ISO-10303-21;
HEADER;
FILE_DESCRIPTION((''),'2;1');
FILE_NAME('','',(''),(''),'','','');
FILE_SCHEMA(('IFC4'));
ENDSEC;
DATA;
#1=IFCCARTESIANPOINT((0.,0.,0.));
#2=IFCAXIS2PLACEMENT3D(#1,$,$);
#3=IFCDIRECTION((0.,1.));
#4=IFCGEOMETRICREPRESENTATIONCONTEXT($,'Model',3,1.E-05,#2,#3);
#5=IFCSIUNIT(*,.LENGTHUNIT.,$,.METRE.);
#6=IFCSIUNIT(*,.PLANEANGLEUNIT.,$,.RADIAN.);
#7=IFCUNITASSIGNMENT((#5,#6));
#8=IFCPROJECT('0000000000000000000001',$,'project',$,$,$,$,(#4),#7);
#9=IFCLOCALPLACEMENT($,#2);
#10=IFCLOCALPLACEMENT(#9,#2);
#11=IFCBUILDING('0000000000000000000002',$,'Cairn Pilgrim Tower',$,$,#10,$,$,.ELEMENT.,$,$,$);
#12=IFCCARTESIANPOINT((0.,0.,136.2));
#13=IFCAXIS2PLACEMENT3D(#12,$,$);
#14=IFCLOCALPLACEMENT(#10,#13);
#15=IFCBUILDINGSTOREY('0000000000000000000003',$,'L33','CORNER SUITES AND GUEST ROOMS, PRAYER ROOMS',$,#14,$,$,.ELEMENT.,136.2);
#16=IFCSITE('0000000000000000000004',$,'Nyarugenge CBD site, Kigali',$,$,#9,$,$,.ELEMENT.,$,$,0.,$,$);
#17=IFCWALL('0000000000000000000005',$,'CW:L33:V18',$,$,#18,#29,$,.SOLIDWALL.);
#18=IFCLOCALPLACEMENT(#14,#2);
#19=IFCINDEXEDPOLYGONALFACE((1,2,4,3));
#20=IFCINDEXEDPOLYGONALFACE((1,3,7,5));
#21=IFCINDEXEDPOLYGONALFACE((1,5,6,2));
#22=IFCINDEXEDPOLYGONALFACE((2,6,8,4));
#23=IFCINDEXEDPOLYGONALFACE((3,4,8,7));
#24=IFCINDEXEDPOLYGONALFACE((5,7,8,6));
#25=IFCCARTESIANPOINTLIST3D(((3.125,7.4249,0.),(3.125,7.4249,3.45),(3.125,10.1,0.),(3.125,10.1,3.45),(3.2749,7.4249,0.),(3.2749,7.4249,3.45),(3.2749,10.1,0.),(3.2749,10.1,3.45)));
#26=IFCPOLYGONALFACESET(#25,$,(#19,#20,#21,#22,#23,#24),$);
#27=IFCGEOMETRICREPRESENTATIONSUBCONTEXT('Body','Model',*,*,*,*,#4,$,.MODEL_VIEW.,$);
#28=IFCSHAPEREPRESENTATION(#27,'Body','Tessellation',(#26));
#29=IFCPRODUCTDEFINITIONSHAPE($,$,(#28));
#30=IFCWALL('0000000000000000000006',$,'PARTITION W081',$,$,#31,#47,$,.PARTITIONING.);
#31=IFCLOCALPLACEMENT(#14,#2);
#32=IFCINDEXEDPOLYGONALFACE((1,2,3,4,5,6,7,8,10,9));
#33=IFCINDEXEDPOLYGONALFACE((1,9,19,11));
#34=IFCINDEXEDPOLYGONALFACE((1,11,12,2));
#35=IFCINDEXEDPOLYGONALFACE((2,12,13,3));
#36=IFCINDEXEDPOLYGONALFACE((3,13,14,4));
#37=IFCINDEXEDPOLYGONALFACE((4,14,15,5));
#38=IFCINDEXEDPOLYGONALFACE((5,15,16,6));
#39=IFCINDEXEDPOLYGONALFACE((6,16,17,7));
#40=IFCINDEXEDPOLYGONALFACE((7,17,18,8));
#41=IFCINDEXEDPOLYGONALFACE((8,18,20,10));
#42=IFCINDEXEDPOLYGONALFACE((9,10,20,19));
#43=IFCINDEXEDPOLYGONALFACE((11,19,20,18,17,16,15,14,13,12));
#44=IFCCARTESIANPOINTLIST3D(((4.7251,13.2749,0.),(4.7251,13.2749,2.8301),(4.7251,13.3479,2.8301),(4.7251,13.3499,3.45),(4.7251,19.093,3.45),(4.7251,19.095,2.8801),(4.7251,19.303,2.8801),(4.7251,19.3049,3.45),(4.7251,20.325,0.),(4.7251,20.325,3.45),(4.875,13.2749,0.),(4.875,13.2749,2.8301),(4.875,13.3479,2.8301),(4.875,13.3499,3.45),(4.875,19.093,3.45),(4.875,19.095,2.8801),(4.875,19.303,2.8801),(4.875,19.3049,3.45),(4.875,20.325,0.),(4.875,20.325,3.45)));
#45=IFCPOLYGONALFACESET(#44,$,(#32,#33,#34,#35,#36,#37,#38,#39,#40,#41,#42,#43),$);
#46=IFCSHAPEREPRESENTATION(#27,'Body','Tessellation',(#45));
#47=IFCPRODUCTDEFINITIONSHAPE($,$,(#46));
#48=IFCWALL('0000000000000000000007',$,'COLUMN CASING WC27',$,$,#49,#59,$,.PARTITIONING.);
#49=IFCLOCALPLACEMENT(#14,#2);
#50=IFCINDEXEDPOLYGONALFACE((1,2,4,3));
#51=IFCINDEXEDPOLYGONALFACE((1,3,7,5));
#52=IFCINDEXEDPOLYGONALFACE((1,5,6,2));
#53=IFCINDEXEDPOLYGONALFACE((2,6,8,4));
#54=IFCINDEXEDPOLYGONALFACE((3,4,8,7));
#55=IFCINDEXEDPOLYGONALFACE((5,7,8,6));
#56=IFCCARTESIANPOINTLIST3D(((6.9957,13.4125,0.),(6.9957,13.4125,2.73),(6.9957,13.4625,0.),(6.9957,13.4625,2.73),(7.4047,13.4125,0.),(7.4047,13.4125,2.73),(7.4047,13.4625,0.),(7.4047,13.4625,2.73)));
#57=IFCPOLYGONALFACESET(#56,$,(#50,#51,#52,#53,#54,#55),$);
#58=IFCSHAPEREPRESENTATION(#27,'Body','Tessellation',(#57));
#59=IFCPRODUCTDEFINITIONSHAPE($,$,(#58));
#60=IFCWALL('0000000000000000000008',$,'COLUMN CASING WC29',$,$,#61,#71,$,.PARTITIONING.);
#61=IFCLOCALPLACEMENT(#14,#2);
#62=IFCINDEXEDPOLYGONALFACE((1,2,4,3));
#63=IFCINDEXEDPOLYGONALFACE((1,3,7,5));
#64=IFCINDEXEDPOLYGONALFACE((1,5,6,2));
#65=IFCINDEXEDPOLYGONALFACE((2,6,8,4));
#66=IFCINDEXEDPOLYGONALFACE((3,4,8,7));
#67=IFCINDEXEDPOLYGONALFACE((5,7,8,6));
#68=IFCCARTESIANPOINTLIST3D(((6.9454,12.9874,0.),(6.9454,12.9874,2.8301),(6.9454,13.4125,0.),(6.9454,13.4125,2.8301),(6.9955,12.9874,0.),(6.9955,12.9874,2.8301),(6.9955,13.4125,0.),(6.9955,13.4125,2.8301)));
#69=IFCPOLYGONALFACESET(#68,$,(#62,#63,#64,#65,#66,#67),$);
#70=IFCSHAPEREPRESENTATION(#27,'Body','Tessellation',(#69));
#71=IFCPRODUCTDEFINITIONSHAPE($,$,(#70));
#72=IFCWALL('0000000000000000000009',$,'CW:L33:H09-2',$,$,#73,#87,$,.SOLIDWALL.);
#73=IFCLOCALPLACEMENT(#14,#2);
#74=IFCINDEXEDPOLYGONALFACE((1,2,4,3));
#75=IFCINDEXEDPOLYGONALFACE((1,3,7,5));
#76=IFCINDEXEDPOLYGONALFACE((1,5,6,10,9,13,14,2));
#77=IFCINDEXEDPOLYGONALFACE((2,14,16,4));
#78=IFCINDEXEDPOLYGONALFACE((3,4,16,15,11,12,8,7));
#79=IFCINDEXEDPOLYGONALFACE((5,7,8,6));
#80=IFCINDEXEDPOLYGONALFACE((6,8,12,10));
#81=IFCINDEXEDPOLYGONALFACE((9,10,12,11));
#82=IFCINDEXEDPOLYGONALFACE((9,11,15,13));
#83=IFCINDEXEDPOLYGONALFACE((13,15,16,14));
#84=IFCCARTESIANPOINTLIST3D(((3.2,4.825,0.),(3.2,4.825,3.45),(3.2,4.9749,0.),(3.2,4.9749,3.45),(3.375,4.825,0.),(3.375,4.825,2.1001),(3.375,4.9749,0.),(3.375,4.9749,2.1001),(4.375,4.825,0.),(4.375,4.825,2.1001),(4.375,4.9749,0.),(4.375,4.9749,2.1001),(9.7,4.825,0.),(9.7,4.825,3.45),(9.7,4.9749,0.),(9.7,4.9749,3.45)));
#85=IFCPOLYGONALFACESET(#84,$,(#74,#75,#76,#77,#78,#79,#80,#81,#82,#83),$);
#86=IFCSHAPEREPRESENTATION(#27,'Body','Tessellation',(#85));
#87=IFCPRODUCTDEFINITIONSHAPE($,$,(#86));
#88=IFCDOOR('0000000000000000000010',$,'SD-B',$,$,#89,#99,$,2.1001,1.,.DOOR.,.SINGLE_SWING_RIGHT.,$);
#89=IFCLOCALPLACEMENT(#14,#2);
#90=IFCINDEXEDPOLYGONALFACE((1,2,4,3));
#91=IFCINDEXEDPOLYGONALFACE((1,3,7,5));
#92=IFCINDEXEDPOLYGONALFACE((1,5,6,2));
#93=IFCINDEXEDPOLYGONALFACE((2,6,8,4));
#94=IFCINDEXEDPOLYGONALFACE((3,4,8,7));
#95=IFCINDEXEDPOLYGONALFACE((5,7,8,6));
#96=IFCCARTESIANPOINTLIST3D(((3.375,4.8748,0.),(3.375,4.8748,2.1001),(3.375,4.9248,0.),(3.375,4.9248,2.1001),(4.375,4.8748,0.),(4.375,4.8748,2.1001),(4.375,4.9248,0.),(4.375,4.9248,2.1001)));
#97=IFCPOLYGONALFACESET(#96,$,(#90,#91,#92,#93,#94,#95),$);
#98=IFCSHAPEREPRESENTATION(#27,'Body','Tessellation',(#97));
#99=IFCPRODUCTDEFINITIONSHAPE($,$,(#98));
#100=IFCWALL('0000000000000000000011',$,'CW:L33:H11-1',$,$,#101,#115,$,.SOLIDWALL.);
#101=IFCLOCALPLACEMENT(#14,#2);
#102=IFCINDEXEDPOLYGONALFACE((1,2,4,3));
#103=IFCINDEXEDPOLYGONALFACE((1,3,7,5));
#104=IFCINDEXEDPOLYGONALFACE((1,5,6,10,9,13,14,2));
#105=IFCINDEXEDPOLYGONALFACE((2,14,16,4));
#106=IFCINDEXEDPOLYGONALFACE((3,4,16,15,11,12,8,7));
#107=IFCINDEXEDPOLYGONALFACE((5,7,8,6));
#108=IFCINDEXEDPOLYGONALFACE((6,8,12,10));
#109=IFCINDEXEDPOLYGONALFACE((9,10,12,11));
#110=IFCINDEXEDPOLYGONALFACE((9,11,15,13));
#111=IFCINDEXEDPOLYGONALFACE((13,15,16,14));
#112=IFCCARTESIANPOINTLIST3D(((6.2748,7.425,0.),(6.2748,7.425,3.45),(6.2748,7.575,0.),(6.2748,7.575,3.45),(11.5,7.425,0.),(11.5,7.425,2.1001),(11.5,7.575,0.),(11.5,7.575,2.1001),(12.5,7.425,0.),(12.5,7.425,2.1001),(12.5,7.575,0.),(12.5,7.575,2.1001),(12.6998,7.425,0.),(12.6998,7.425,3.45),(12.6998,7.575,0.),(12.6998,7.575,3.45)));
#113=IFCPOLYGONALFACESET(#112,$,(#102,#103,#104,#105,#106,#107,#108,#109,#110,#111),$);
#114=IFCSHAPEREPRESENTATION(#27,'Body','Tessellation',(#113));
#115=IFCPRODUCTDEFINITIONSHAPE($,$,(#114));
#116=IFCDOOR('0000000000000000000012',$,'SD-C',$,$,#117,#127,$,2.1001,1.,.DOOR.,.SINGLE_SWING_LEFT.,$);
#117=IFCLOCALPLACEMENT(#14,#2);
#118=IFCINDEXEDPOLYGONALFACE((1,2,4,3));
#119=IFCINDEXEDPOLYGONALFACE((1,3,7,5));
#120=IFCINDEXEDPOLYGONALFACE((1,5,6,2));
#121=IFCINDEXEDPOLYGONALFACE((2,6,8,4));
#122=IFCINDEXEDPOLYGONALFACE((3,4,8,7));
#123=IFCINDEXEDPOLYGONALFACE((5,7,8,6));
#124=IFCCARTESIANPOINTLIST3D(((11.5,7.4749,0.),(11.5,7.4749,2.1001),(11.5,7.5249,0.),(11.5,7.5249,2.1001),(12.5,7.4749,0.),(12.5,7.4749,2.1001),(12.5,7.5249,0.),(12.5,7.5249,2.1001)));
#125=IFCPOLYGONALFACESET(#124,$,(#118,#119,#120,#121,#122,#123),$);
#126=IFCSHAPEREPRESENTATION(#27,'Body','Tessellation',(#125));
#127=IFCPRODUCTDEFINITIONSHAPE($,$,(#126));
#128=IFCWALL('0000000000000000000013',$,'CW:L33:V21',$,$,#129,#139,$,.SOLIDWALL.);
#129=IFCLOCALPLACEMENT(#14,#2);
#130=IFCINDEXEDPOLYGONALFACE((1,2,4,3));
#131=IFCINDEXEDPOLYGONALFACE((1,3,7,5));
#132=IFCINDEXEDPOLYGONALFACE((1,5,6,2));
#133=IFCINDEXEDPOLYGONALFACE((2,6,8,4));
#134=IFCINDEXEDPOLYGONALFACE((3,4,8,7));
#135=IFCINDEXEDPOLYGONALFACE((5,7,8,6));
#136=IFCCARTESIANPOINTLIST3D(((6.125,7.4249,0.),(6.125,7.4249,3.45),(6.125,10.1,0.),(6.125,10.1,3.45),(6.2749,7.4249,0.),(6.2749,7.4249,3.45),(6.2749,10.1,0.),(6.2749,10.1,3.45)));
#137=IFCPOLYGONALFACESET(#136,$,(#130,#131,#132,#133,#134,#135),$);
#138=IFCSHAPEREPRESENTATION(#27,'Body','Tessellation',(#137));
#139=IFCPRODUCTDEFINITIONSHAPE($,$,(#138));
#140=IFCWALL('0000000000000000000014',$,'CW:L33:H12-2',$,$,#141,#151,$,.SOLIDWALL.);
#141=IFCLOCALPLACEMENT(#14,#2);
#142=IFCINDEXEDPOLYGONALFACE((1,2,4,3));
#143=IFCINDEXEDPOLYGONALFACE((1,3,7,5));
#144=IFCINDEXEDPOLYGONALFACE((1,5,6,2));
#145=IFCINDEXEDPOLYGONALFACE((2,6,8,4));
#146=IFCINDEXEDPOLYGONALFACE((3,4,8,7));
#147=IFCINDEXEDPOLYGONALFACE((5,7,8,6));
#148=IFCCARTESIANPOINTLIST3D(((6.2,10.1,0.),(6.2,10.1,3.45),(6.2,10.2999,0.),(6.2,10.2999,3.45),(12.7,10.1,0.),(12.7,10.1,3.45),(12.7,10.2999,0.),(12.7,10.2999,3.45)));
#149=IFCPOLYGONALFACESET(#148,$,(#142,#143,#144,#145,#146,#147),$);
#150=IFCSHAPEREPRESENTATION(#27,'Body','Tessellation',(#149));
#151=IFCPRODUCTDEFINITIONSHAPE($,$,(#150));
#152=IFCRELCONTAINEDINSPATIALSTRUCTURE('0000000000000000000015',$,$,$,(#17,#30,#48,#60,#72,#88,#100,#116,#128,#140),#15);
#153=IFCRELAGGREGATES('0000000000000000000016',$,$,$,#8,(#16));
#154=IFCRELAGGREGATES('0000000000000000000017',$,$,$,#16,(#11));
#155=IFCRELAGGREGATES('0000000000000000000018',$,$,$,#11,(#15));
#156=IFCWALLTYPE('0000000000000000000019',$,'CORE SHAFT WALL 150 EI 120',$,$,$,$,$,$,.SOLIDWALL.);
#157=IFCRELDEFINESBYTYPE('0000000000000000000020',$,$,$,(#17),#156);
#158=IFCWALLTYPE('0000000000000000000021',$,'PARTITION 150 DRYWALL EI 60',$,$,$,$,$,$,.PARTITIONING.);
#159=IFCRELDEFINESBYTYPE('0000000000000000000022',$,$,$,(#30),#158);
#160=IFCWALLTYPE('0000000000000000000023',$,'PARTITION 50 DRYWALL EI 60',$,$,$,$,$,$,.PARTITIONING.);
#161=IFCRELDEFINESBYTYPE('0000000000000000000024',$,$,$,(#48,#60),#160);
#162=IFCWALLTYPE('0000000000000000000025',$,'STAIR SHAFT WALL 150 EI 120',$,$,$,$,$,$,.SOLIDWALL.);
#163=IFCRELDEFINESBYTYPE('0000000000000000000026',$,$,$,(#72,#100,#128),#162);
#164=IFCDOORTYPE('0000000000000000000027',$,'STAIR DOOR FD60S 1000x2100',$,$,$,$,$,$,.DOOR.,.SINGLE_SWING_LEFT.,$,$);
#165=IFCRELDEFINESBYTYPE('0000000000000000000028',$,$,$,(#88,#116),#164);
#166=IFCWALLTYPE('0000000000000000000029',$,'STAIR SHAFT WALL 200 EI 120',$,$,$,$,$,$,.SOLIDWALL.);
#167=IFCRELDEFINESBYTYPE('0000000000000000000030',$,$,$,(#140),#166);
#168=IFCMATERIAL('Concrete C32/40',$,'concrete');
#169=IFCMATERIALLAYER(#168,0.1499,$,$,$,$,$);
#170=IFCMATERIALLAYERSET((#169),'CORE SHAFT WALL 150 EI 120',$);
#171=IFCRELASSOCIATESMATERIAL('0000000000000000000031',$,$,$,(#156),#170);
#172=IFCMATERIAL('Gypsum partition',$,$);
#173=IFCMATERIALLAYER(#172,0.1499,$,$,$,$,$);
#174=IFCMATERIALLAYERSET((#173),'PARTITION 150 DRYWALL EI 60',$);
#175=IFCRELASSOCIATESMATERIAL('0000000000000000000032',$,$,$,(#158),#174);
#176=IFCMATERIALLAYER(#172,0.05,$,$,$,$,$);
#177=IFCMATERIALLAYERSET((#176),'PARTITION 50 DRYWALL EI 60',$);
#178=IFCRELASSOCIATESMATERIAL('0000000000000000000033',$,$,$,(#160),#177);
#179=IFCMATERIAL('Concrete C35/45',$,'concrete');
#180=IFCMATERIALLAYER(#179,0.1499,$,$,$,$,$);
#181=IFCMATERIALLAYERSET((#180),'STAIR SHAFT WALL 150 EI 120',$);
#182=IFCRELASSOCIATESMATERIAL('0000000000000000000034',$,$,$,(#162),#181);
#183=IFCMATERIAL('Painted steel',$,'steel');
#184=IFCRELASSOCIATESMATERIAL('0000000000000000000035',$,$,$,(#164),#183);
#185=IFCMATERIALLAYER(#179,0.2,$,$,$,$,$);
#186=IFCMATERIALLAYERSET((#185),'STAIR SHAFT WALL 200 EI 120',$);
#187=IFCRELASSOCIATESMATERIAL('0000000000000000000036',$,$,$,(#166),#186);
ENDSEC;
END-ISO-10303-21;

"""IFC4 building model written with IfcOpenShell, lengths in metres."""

from ifc_helpers import new_model, si_unit, direction, frame, frame_2d, origin, place, context, subcontext, project, spatial, polyline, rectangle, outline, extrude, material, layer, layer_set, type_object, element, fill, save


model = new_model("IFC4")

# Units and contexts
model_context = context("Model", 3, precision=1e-05, world=origin(), true_north=direction((0.0, 1.0)))
body_context = subcontext(model_context, "Body", "Model", "MODEL_VIEW")
ifc_project = project(units=[si_unit("LENGTHUNIT", "METRE"), si_unit("PLANEANGLEUNIT", "RADIAN")], contexts=[model_context])

# Site, building, storey
site_placement = place(None, origin())
site = spatial("IfcSite", under=ifc_project, at=site_placement, Name="Nyarugenge CBD site, Kigali", CompositionType="ELEMENT", RefElevation=0.0)
building_placement = place(site_placement, origin())
building = spatial("IfcBuilding", under=site, at=building_placement, Name="Cairn Pilgrim Tower", CompositionType="ELEMENT")
storey_placement = place(building_placement, frame((0.0, 0.0, 136.2)))
storey = spatial("IfcBuildingStorey", under=building, at=storey_placement, Name="L33", Description="CORNER SUITES AND GUEST ROOMS, PRAYER ROOMS", CompositionType="ELEMENT", Elevation=136.2)

# Shared definitions
ifc_material_1 = material(Name="Concrete C32/40", Category="concrete")

# Shared definitions
ifc_layer_1 = layer(ifc_material_1, 0.1499)
ifc_layer_set_1 = layer_set([ifc_layer_1], Name="CORE SHAFT WALL 150 EI 120")
wall_type_1 = type_object("IfcWallType", Name="CORE SHAFT WALL 150 EI 120", PredefinedType="SOLIDWALL", material=ifc_layer_set_1)

# Walls
wall_1_placement = place(storey_placement, frame((3.2, 7.425, 0.0), z_axis=(0.0, 0.0, 1.0), x_axis=(0.0, 1.0, 0.0)))
element("IfcWall", 1, at=wall_1_placement, inside=storey, type_object=wall_type_1, Name="CW:L33:V18", PredefinedType="SOLIDWALL", context=body_context, shape_type="SweptSolid", body=[
    extrude(rectangle(XDim=2.675, YDim=0.1499, at=frame_2d((1.3374, 0.0))), origin(), (0.0, 0.0, 1.0), 3.45),
])
ifc_material_2 = material(Name="Gypsum partition")
ifc_layer_2 = layer(ifc_material_2, 0.1499)
ifc_layer_set_2 = layer_set([ifc_layer_2], Name="PARTITION 150 DRYWALL EI 60")
wall_type_2 = type_object("IfcWallType", Name="PARTITION 150 DRYWALL EI 60", PredefinedType="PARTITIONING", material=ifc_layer_set_2)
wall_2_placement = place(storey_placement, frame((4.8, 13.2749, 0.0), z_axis=(0.0, 0.0, 1.0), x_axis=(0.0, 1.0, 0.0)))
element("IfcWall", 2, at=wall_2_placement, inside=storey, type_object=wall_type_2, Name="PARTITION W081", PredefinedType="PARTITIONING", context=body_context, shape_type="SweptSolid", body=[
    extrude(outline(polyline([(0.0, 0.0), (7.05, 0.0), (7.05, 3.45), (6.03, 3.45), (6.0281, 2.8801), (5.8201, 2.8801), (5.8181, 3.45), (0.075, 3.45), (0.073, 2.8301), (0.0, 2.8301), (0.0, 0.0)])), frame((0.0, 0.075, 0.0), z_axis=(0.0, -1.0, 0.0), x_axis=(1.0, 0.0, 0.0)), (0.0, 0.0, 1.0), 0.1499),
])
ifc_layer_3 = layer(ifc_material_2, 0.05)
ifc_layer_set_3 = layer_set([ifc_layer_3], Name="PARTITION 50 DRYWALL EI 60")
wall_type_3 = type_object("IfcWallType", Name="PARTITION 50 DRYWALL EI 60", PredefinedType="PARTITIONING", material=ifc_layer_set_3)
wall_3_placement = place(storey_placement, frame((6.9956, 13.4375, 0.0), z_axis=(0.0, 0.0, 1.0), x_axis=(1.0, 0.0, 0.0)))
element("IfcWall", 3, at=wall_3_placement, inside=storey, type_object=wall_type_3, Name="COLUMN CASING WC27", PredefinedType="PARTITIONING", context=body_context, shape_type="SweptSolid", body=[
    extrude(rectangle(XDim=0.4089, YDim=0.05, at=frame_2d((0.2046, 0.0))), origin(), (0.0, 0.0, 1.0), 2.73),
])
wall_4_placement = place(storey_placement, frame((6.9705, 12.9875, 0.0), z_axis=(0.0, 0.0, 1.0), x_axis=(0.0, 1.0, 0.0)))
element("IfcWall", 4, at=wall_4_placement, inside=storey, type_object=wall_type_3, Name="COLUMN CASING WC29", PredefinedType="PARTITIONING", context=body_context, shape_type="SweptSolid", body=[
    extrude(rectangle(XDim=0.425, YDim=0.05, at=frame_2d((0.2124, 0.0))), origin(), (0.0, 0.0, 1.0), 2.8301),
])

# Walls, openings, doors
ifc_material_3 = material(Name="Concrete C35/45", Category="concrete")
ifc_layer_4 = layer(ifc_material_3, 0.1499)
ifc_layer_set_4 = layer_set([ifc_layer_4], Name="STAIR SHAFT WALL 150 EI 120")
wall_type_4 = type_object("IfcWallType", Name="STAIR SHAFT WALL 150 EI 120", PredefinedType="SOLIDWALL", material=ifc_layer_set_4)
wall_5_placement = place(storey_placement, frame((3.2, 4.8999, 0.0), z_axis=(0.0, 0.0, 1.0), x_axis=(1.0, 0.0, 0.0)))
wall_5 = element("IfcWall", 5, at=wall_5_placement, inside=storey, type_object=wall_type_4, Name="CW:L33:H09-2", PredefinedType="SOLIDWALL", context=body_context, shape_type="SweptSolid", body=[
    extrude(rectangle(XDim=6.5, YDim=0.1499, at=frame_2d((3.25, 0.0))), origin(), (0.0, 0.0, 1.0), 3.45),
])
opening_1_placement = place(wall_5_placement, frame((0.175, 0.0, 0.0)))
opening_1 = element("IfcOpeningElement", 6, at=opening_1_placement, cuts=wall_5, PredefinedType="OPENING", context=body_context, shape_type="SweptSolid", body=[
    extrude(rectangle(XDim=1.0, YDim=2.1001, at=frame_2d((0.5, 1.05))), frame((0.0, 0.085, 0.0), z_axis=(0.0, -1.0, 0.0), x_axis=(1.0, 0.0, 0.0)), (0.0, 0.0, 1.0), 0.1699),
])
ifc_material_4 = material(Name="Painted steel", Category="steel")
door_type_1 = type_object("IfcDoorType", Name="STAIR DOOR FD60S 1000x2100", OperationType="SINGLE_SWING_LEFT", PredefinedType="DOOR", material=ifc_material_4)
door_1_placement = place(opening_1_placement, origin())
door_1 = element("IfcDoor", 7, at=door_1_placement, inside=storey, type_object=door_type_1, Name="SD-B", OperationType="SINGLE_SWING_RIGHT", OverallHeight=2.1001, OverallWidth=1.0, PredefinedType="DOOR", context=body_context, shape_type="SweptSolid", body=[
    extrude(rectangle(XDim=1.0, YDim=2.1001, at=frame_2d((0.5, 1.05))), frame((0.0, 0.0249, 0.0), z_axis=(0.0, -1.0, 0.0), x_axis=(1.0, 0.0, 0.0)), (0.0, 0.0, 1.0), 0.05),
])
fill(opening_1, door_1)
wall_6_placement = place(storey_placement, frame((6.2749, 7.5, 0.0), z_axis=(0.0, 0.0, 1.0), x_axis=(1.0, 0.0, 0.0)))
wall_6 = element("IfcWall", 8, at=wall_6_placement, inside=storey, type_object=wall_type_4, Name="CW:L33:H11-1", PredefinedType="SOLIDWALL", context=body_context, shape_type="SweptSolid", body=[
    extrude(rectangle(XDim=6.425, YDim=0.1499, at=frame_2d((3.2124, 0.0))), origin(), (0.0, 0.0, 1.0), 3.45),
])
opening_2_placement = place(wall_6_placement, frame((5.2251, 0.0, 0.0)))
opening_2 = element("IfcOpeningElement", 9, at=opening_2_placement, cuts=wall_6, PredefinedType="OPENING", context=body_context, shape_type="SweptSolid", body=[
    extrude(rectangle(XDim=1.0, YDim=2.1001, at=frame_2d((0.5, 1.05))), frame((0.0, 0.085, 0.0), z_axis=(0.0, -1.0, 0.0), x_axis=(1.0, 0.0, 0.0)), (0.0, 0.0, 1.0), 0.1699),
])
door_2_placement = place(opening_2_placement, origin())
door_2 = element("IfcDoor", 10, at=door_2_placement, inside=storey, type_object=door_type_1, Name="SD-C", OperationType="SINGLE_SWING_LEFT", OverallHeight=2.1001, OverallWidth=1.0, PredefinedType="DOOR", context=body_context, shape_type="SweptSolid", body=[
    extrude(rectangle(XDim=1.0, YDim=2.1001, at=frame_2d((0.5, 1.05))), frame((0.0, 0.0249, 0.0), z_axis=(0.0, -1.0, 0.0), x_axis=(1.0, 0.0, 0.0)), (0.0, 0.0, 1.0), 0.05),
])
fill(opening_2, door_2)

# Walls
wall_7_placement = place(storey_placement, frame((6.2, 7.425, 0.0), z_axis=(0.0, 0.0, 1.0), x_axis=(0.0, 1.0, 0.0)))
element("IfcWall", 11, at=wall_7_placement, inside=storey, type_object=wall_type_4, Name="CW:L33:V21", PredefinedType="SOLIDWALL", context=body_context, shape_type="SweptSolid", body=[
    extrude(rectangle(XDim=2.675, YDim=0.1499, at=frame_2d((1.3374, 0.0))), origin(), (0.0, 0.0, 1.0), 3.45),
])
ifc_layer_5 = layer(ifc_material_3, 0.2)
ifc_layer_set_5 = layer_set([ifc_layer_5], Name="STAIR SHAFT WALL 200 EI 120")
wall_type_5 = type_object("IfcWallType", Name="STAIR SHAFT WALL 200 EI 120", PredefinedType="SOLIDWALL", material=ifc_layer_set_5)
wall_8_placement = place(storey_placement, frame((6.2, 10.2, 0.0), z_axis=(0.0, 0.0, 1.0), x_axis=(1.0, 0.0, 0.0)))
element("IfcWall", 12, at=wall_8_placement, inside=storey, type_object=wall_type_5, Name="CW:L33:H12-2", PredefinedType="SOLIDWALL", context=body_context, shape_type="SweptSolid", body=[
    extrude(rectangle(XDim=6.5, YDim=0.2, at=frame_2d((3.25, 0.0))), origin(), (0.0, 0.0, 1.0), 3.45),
])

save(model, "model.ifc")
